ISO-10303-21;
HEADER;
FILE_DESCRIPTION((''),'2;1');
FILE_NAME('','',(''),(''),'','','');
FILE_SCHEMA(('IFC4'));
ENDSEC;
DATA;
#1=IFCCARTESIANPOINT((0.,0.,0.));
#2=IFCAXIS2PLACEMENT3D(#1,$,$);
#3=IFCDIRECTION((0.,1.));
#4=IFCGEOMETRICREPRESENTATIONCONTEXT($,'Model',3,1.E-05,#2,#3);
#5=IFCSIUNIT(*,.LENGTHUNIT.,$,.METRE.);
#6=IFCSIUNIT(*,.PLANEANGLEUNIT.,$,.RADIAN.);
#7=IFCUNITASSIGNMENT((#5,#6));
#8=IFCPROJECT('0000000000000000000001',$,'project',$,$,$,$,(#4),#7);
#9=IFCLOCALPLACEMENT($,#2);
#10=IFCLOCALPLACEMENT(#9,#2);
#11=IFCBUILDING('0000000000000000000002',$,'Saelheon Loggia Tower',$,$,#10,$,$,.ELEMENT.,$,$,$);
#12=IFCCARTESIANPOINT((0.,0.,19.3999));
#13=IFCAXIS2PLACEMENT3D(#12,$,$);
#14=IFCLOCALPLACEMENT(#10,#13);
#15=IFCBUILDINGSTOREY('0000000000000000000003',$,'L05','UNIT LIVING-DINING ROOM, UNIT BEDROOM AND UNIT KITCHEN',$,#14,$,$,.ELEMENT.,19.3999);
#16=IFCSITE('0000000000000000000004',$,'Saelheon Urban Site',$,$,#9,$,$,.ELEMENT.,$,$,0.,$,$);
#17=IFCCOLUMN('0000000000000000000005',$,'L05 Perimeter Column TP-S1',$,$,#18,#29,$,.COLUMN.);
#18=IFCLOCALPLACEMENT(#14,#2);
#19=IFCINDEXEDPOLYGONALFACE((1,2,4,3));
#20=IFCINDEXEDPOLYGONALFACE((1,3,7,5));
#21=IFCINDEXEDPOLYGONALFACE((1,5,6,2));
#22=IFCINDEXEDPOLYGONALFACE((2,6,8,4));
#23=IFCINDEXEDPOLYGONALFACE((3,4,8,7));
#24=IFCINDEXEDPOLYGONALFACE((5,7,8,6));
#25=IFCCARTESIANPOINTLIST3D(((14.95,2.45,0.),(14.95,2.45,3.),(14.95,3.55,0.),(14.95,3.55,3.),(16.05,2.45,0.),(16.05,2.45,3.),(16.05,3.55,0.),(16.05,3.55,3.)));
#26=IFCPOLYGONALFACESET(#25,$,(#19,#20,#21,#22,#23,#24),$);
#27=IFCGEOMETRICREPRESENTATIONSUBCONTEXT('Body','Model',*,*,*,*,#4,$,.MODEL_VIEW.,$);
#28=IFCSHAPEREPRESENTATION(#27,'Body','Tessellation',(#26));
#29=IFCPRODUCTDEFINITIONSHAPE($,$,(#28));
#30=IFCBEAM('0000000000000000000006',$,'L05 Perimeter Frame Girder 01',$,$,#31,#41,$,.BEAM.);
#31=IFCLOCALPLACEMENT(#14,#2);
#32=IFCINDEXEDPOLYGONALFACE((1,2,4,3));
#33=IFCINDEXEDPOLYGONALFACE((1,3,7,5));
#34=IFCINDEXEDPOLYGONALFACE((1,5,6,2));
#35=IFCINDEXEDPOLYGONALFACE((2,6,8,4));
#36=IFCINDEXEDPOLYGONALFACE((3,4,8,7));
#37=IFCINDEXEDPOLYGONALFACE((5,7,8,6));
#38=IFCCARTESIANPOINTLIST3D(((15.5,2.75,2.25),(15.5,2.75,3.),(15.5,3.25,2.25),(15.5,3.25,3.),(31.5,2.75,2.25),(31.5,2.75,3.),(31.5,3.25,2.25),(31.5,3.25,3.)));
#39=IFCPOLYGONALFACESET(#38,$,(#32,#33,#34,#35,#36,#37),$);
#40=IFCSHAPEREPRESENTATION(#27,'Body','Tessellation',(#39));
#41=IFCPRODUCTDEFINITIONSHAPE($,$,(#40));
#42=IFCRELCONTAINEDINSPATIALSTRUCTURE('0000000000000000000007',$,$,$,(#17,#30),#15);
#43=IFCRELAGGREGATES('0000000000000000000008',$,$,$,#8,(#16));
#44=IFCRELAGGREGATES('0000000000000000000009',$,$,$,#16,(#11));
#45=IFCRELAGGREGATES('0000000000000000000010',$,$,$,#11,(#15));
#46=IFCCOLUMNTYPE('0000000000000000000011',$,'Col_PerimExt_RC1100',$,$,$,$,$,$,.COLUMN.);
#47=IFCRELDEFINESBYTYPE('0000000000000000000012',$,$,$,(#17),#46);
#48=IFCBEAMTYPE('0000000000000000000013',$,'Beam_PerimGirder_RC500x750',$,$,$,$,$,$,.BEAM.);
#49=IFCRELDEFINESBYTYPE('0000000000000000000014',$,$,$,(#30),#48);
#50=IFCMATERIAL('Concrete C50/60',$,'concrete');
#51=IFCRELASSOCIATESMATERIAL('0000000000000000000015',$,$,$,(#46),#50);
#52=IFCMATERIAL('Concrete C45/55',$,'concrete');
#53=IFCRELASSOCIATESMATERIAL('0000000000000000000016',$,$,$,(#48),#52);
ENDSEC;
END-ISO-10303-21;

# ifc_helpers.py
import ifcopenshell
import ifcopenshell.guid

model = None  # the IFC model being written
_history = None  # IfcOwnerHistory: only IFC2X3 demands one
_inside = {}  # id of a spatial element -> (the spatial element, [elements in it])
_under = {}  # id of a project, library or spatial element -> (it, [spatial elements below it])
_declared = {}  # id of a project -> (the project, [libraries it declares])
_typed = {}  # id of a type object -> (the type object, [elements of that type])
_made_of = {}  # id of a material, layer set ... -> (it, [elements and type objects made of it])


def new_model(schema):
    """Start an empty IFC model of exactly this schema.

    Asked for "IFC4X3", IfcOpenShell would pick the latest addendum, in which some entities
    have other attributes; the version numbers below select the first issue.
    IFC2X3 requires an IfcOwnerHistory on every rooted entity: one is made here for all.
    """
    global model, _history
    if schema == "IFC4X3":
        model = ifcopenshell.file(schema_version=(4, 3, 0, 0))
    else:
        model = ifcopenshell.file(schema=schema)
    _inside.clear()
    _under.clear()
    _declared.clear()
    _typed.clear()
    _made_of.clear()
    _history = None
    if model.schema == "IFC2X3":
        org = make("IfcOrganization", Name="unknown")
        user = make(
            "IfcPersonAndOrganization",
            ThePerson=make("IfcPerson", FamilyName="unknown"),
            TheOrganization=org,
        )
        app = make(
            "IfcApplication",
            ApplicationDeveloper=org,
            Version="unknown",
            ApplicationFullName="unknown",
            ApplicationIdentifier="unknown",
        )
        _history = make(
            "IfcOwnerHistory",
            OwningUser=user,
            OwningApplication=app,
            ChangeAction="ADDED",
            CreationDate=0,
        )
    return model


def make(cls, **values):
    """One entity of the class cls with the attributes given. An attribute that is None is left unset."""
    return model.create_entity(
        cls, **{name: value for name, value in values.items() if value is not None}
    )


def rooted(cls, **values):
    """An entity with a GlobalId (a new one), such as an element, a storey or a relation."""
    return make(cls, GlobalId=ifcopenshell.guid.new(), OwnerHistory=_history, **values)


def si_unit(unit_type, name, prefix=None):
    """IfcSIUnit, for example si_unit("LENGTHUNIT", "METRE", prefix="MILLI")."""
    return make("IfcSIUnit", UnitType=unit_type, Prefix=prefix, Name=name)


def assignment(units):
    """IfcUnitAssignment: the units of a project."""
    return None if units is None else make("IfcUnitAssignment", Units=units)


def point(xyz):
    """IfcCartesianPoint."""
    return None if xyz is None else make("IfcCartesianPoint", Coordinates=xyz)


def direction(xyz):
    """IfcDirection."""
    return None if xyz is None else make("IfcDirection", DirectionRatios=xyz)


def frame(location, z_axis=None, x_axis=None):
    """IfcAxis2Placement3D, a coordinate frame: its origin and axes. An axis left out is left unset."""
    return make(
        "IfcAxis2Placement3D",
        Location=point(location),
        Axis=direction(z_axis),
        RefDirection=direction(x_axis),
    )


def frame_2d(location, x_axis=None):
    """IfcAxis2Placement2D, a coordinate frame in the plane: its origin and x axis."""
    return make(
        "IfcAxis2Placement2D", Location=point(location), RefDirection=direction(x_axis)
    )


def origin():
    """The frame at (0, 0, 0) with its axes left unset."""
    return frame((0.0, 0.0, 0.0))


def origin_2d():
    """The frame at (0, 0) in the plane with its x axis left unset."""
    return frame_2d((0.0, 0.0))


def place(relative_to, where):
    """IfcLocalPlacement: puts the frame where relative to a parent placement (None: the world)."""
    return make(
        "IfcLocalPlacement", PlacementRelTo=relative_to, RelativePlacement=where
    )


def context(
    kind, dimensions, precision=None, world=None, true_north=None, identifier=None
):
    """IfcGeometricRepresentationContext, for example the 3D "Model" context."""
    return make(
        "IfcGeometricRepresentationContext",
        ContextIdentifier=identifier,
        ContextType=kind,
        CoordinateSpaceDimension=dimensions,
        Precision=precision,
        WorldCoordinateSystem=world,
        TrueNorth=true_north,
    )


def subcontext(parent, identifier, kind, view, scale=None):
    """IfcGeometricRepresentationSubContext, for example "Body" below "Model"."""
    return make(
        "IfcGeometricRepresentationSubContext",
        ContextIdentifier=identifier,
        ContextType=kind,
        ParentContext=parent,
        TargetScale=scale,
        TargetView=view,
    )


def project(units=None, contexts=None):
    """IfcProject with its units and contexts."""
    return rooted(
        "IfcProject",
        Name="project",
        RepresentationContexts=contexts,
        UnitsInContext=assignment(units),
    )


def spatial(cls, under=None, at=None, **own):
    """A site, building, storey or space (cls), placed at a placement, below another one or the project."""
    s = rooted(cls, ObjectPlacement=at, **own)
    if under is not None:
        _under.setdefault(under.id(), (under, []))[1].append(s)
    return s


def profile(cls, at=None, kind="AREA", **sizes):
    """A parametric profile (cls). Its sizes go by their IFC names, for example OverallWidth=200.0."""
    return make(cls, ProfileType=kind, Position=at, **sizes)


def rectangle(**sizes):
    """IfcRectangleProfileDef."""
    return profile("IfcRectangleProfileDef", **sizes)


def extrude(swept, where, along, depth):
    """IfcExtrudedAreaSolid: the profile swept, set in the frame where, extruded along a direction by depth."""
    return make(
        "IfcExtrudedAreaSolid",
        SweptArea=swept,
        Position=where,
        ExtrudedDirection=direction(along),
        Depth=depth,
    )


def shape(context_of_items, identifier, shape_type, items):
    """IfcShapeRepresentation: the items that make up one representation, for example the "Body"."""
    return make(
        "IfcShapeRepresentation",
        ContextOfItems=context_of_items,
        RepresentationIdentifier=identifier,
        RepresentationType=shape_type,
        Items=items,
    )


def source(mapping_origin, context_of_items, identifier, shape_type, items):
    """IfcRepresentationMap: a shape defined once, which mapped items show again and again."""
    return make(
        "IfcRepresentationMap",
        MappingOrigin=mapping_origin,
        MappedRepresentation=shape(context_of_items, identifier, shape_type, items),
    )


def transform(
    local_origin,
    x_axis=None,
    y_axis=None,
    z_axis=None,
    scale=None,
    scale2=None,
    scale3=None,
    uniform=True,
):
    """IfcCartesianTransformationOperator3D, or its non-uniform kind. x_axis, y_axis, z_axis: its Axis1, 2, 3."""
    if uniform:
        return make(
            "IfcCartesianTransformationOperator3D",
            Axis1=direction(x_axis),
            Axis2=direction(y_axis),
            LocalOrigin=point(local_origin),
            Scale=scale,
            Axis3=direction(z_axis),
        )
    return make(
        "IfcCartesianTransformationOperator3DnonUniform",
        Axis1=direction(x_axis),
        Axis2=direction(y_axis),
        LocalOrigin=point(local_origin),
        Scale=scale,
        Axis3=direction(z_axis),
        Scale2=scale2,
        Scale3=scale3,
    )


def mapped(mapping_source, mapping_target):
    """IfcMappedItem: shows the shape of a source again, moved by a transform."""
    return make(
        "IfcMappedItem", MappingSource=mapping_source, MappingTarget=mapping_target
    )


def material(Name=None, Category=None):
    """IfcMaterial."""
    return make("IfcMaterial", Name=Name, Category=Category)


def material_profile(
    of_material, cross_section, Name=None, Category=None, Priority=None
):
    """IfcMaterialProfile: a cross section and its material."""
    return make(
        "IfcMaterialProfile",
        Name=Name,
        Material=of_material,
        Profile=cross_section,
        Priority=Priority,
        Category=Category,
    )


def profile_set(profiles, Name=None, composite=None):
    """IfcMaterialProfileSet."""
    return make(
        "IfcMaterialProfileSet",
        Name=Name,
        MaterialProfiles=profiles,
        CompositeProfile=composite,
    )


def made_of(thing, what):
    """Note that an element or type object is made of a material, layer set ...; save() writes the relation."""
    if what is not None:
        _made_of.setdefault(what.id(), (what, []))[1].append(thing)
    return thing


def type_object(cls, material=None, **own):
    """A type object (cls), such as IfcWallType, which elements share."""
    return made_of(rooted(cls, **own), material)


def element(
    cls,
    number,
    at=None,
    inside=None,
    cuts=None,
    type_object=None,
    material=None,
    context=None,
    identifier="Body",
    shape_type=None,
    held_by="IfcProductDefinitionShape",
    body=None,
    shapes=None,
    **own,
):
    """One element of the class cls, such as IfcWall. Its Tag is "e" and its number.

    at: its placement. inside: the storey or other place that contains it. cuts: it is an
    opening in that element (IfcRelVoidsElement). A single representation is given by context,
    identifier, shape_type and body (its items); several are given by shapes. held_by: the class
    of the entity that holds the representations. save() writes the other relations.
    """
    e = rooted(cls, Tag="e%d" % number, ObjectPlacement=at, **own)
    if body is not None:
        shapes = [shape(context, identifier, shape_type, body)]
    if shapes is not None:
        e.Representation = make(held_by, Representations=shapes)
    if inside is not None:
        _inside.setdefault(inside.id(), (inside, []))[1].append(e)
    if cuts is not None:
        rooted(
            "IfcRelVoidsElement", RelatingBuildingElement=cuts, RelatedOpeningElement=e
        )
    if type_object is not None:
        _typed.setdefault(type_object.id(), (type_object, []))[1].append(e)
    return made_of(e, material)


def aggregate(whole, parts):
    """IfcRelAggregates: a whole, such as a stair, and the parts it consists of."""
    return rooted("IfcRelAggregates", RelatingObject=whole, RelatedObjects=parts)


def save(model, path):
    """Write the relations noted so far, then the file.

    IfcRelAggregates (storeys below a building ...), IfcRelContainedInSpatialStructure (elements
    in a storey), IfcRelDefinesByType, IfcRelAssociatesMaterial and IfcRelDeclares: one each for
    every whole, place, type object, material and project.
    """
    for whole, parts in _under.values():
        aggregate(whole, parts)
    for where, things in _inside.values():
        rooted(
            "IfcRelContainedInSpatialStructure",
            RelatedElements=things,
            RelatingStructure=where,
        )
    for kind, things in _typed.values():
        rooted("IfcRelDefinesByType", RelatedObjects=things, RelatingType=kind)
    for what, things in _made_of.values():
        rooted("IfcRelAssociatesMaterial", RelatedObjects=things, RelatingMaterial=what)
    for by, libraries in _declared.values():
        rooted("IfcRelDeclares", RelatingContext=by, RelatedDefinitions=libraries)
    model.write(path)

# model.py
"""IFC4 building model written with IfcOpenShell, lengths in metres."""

from ifc_helpers import new_model, si_unit, direction, frame, origin, origin_2d, place, context, subcontext, project, spatial, rectangle, extrude, source, transform, mapped, material, material_profile, profile_set, type_object, element, save


model = new_model("IFC4")

# Units and contexts
model_context = context("Model", 3, precision=1e-05, world=origin(), true_north=direction((0.0, 1.0)))
body_context = subcontext(model_context, "Body", "Model", "MODEL_VIEW")
ifc_project = project(units=[si_unit("LENGTHUNIT", "METRE"), si_unit("PLANEANGLEUNIT", "RADIAN")], contexts=[model_context])

# Site, building, storey
site_placement = place(None, origin())
site = spatial("IfcSite", under=ifc_project, at=site_placement, Name="Saelheon Urban Site", CompositionType="ELEMENT", RefElevation=0.0)
building_placement = place(site_placement, origin())
building = spatial("IfcBuilding", under=site, at=building_placement, Name="Saelheon Loggia Tower", CompositionType="ELEMENT")
storey_placement = place(building_placement, frame((0.0, 0.0, 19.3999)))
storey = spatial("IfcBuildingStorey", under=building, at=storey_placement, Name="L05", Description="UNIT LIVING-DINING ROOM, UNIT BEDROOM AND UNIT KITCHEN", CompositionType="ELEMENT", Elevation=19.3999)

# Column
ifc_material_1 = material(Name="Concrete C50/60", Category="concrete")
ifc_material_profile_1 = material_profile(ifc_material_1, rectangle(XDim=1.1001, YDim=1.1001, at=origin_2d()), Name="RC-1100x1100")
ifc_profile_set_1 = profile_set([ifc_material_profile_1], Name="Concrete C50/60")
column_type = type_object("IfcColumnType", Name="Col_PerimExt_RC1100", PredefinedType="COLUMN", material=ifc_profile_set_1)
shared_shape_1 = source(origin(), body_context, "Body", "SweptSolid", [
    extrude(rectangle(XDim=1.1001, YDim=1.1001, at=origin_2d()), origin(), (0.0, 0.0, 1.0), 3.0),
])
column_placement = place(storey_placement, frame((15.5, 3.0, 0.0), z_axis=(0.0, 0.0, 1.0), x_axis=(1.0, 0.0, 0.0)))
element("IfcColumn", 1, at=column_placement, inside=storey, type_object=column_type, Name="L05 Perimeter Column TP-S1", PredefinedType="COLUMN", context=body_context, shape_type="MappedRepresentation", body=[
    mapped(shared_shape_1, transform((0.0, 0.0, 0.0), scale=1.0)),
])

# Beam
ifc_material_2 = material(Name="Concrete C45/55", Category="concrete")
ifc_material_profile_2 = material_profile(ifc_material_2, rectangle(XDim=0.5, YDim=0.75, at=origin_2d()), Name="RC-500x750")
ifc_profile_set_2 = profile_set([ifc_material_profile_2], Name="Concrete C45/55")
beam_type = type_object("IfcBeamType", Name="Beam_PerimGirder_RC500x750", PredefinedType="BEAM", material=ifc_profile_set_2)
shared_shape_2 = source(origin(), body_context, "Body", "SweptSolid", [
    extrude(rectangle(XDim=0.5, YDim=0.75, at=origin_2d()), origin(), (0.0, 0.0, 1.0), 16.0),
])
beam_placement = place(storey_placement, frame((15.5, 3.0, 2.625), z_axis=(1.0, 0.0, 0.0), x_axis=(0.0, 1.0, 0.0)))
element("IfcBeam", 2, at=beam_placement, inside=storey, type_object=beam_type, Name="L05 Perimeter Frame Girder 01", PredefinedType="BEAM", context=body_context, shape_type="MappedRepresentation", body=[
    mapped(shared_shape_2, transform((0.0, 0.0, 0.0), scale=1.0)),
])

save(model, "model.ifc")
